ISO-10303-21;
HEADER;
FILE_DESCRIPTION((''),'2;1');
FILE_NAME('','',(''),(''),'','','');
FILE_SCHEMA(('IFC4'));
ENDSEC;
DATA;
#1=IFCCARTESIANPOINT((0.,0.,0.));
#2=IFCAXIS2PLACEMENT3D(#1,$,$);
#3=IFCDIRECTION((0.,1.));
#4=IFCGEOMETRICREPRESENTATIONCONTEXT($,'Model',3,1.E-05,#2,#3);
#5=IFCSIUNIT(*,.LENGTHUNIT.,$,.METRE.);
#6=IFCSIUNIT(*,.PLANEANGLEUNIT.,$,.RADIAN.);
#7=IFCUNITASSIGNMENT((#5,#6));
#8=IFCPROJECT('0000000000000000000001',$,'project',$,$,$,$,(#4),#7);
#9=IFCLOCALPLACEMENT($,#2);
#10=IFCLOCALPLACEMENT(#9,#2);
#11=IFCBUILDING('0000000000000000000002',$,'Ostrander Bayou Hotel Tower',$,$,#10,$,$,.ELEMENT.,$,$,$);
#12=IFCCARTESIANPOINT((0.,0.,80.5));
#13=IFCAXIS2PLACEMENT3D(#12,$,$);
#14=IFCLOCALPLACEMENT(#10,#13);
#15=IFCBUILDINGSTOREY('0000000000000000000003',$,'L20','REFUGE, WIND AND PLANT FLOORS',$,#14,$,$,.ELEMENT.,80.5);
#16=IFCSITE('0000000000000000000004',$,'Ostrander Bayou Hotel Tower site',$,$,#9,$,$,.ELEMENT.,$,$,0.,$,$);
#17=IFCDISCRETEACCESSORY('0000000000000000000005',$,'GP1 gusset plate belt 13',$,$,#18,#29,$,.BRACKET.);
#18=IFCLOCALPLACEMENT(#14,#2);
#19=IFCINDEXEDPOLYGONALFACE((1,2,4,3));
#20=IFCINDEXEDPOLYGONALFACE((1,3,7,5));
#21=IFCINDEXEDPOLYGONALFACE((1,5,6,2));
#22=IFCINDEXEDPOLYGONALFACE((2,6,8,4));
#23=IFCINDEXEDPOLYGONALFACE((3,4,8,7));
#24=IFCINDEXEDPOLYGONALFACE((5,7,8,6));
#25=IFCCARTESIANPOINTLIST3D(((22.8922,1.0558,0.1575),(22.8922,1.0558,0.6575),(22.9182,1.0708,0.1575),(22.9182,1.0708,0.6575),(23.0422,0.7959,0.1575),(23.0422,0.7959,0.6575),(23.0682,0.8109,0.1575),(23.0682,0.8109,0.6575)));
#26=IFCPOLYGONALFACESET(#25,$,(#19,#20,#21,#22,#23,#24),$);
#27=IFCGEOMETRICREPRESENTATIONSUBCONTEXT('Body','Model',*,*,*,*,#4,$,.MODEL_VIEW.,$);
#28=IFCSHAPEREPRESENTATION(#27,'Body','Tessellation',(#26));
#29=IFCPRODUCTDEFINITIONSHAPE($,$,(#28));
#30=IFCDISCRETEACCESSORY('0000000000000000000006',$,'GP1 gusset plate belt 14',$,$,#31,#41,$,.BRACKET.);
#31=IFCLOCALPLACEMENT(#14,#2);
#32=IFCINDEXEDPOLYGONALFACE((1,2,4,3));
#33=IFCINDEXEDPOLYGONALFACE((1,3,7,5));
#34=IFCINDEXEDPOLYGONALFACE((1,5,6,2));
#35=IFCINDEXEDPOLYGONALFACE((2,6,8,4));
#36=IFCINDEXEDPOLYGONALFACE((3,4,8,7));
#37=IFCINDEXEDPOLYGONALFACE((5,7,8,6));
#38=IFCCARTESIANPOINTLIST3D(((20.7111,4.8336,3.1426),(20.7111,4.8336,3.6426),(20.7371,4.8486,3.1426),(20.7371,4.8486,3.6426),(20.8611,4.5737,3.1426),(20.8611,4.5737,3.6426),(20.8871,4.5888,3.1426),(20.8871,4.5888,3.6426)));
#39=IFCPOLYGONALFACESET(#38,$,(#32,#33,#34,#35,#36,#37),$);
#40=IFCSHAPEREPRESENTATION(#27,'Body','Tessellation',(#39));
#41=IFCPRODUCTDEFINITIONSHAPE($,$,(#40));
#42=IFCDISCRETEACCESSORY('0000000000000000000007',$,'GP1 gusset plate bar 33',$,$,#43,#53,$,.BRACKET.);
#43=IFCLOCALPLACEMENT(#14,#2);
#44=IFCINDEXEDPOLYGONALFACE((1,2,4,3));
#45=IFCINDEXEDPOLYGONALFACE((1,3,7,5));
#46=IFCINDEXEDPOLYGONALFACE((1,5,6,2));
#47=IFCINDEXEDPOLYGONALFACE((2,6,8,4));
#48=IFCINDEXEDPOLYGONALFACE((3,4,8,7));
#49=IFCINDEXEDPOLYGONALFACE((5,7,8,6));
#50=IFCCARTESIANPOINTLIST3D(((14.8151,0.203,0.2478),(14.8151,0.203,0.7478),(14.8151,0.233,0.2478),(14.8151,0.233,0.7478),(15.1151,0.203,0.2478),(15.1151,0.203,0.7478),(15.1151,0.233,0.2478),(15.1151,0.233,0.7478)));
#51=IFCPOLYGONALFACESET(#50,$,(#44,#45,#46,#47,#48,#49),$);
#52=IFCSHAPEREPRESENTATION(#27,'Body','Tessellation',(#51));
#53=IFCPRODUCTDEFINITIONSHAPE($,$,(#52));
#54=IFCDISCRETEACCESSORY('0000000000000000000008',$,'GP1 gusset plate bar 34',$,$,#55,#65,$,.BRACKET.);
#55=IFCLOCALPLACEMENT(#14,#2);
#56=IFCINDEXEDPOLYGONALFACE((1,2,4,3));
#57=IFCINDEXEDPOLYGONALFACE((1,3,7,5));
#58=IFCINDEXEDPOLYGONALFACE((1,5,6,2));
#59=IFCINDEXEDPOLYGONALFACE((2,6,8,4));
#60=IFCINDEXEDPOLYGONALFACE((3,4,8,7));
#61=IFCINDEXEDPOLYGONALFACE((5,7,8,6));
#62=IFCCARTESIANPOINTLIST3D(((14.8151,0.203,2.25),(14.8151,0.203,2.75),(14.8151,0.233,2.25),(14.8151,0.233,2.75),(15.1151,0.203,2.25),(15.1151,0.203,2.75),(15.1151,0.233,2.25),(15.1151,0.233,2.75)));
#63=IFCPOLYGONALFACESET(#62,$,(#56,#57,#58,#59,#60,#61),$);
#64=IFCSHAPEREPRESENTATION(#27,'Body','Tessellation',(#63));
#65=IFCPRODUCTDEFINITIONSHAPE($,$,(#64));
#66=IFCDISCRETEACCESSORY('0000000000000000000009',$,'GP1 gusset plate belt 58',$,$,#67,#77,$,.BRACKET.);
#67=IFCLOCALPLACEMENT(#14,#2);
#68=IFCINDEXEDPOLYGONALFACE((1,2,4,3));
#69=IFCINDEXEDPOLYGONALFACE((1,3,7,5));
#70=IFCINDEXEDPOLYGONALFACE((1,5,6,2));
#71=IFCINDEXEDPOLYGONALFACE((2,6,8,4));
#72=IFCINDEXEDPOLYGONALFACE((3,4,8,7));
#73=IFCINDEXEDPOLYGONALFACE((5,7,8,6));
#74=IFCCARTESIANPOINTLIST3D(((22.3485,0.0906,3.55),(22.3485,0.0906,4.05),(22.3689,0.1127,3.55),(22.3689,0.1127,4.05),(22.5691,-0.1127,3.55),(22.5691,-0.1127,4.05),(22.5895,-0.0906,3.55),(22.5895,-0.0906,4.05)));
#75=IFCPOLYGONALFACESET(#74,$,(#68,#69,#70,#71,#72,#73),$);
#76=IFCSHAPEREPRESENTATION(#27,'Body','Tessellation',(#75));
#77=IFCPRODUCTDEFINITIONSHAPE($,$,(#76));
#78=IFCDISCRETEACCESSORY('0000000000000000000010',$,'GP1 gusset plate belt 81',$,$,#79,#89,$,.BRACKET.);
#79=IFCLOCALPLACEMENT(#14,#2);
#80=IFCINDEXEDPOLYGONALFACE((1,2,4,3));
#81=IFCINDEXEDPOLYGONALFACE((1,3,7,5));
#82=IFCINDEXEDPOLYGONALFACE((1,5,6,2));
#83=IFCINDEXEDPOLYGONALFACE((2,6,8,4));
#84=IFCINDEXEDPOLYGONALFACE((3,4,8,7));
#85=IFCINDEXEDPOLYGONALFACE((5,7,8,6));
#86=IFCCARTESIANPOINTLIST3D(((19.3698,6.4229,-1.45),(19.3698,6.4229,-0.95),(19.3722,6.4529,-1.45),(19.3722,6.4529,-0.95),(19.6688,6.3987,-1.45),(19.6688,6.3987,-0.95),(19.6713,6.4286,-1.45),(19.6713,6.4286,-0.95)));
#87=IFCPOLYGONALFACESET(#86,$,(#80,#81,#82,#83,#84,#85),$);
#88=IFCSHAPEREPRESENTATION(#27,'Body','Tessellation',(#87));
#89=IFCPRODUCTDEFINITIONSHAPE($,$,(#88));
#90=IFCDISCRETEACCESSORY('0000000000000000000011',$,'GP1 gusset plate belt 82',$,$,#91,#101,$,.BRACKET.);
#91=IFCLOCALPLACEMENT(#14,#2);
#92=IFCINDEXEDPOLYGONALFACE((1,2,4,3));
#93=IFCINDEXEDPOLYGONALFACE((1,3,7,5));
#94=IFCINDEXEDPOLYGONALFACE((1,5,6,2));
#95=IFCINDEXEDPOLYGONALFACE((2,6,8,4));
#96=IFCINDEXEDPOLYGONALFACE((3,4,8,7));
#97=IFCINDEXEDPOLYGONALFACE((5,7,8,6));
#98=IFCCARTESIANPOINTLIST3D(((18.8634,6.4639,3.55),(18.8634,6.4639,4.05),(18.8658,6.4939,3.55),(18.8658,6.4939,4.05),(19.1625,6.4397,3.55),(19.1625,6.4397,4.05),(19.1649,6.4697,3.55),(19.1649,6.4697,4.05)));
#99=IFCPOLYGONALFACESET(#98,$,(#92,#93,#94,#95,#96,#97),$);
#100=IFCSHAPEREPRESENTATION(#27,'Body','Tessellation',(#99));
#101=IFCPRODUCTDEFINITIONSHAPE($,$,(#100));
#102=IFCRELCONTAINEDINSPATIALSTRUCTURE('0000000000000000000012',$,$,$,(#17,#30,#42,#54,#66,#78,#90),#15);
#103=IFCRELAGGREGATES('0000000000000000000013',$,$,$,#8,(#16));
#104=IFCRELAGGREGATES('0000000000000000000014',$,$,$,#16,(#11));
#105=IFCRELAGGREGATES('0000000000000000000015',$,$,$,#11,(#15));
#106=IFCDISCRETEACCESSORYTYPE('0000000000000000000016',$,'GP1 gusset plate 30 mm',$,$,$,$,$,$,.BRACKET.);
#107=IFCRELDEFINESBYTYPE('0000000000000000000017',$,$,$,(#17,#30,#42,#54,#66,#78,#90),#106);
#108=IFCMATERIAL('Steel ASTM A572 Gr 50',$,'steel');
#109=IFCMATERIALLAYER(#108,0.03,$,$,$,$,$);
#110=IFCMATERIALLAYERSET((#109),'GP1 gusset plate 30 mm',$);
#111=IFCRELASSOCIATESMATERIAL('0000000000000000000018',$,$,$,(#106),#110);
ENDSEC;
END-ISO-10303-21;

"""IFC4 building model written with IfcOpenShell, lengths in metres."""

from ifc_helpers import new_model, si_unit, direction, frame, origin, origin_2d, place, context, subcontext, project, spatial, rectangle, extrude, material, layer, layer_set, type_object, element, save


model = new_model("IFC4")

# Units and contexts
model_context = context("Model", 3, precision=1e-05, world=origin(), true_north=direction((0.0, 1.0)))
body_context = subcontext(model_context, "Body", "Model", "MODEL_VIEW")
ifc_project = project(units=[si_unit("LENGTHUNIT", "METRE"), si_unit("PLANEANGLEUNIT", "RADIAN")], contexts=[model_context])

# Site, building, storey
site_placement = place(None, origin())
site = spatial("IfcSite", under=ifc_project, at=site_placement, Name="Ostrander Bayou Hotel Tower site", CompositionType="ELEMENT", RefElevation=0.0)
building_placement = place(site_placement, origin())
building = spatial("IfcBuilding", under=site, at=building_placement, Name="Ostrander Bayou Hotel Tower", CompositionType="ELEMENT")
storey_placement = place(building_placement, frame((0.0, 0.0, 80.5)))
storey = spatial("IfcBuildingStorey", under=building, at=storey_placement, Name="L20", Description="REFUGE, WIND AND PLANT FLOORS", CompositionType="ELEMENT", Elevation=80.5)

# Discrete accessories
ifc_material_1 = material(Name="Steel ASTM A572 Gr 50", Category="steel")
ifc_layer_1 = layer(ifc_material_1, 0.03)
ifc_layer_set_1 = layer_set([ifc_layer_1], Name="GP1 gusset plate 30 mm")
discrete_accessory_type = type_object("IfcDiscreteAccessoryType", Name="GP1 gusset plate 30 mm", PredefinedType="BRACKET", material=ifc_layer_set_1)
for number, where, z_axis, x_axis, name in (
    (1, (22.9802, 0.9333, 0.1575), (0.0, 0.0, 1.0), (-0.5, 0.866025, 0.0), "GP1 gusset plate belt 13"),
    (2, (20.7991, 4.7112, 3.1426), (0.0, 0.0, 1.0), (-0.5, 0.866025, 0.0), "GP1 gusset plate belt 14"),
    (3, (14.9651, 0.218, 0.2478), (0.0, 0.0, 1.0), (1.0, 0.0, 0.0), "GP1 gusset plate bar 33"),
    (4, (14.9651, 0.218, 2.25), (0.0, 0.0, 1.0), (1.0, 0.0, 0.0), "GP1 gusset plate bar 34"),
    (5, (22.469, 0.0, 3.55), (0.0, 0.0, 1.0), (-0.73527, 0.677775, 0.0), "GP1 gusset plate belt 58"),
    (6, (19.5205, 6.4258, -1.45), (0.0, 0.0, 1.0), (-0.996738, 0.080703, 0.0), "GP1 gusset plate belt 81"),
    (7, (19.0142, 6.4668, 3.55), (0.0, 0.0, 1.0), (-0.996738, 0.080703, 0.0), "GP1 gusset plate belt 82"),
):
    element("IfcDiscreteAccessory", number, at=place(storey_placement, frame(where, z_axis=z_axis, x_axis=x_axis)), inside=storey, type_object=discrete_accessory_type, Name=name, PredefinedType="BRACKET", context=body_context, shape_type="SweptSolid", body=[
        extrude(rectangle(XDim=0.3, YDim=0.03, at=origin_2d()), origin(), (0.0, 0.0, 1.0), 0.5),
    ])

save(model, "model.ifc")
